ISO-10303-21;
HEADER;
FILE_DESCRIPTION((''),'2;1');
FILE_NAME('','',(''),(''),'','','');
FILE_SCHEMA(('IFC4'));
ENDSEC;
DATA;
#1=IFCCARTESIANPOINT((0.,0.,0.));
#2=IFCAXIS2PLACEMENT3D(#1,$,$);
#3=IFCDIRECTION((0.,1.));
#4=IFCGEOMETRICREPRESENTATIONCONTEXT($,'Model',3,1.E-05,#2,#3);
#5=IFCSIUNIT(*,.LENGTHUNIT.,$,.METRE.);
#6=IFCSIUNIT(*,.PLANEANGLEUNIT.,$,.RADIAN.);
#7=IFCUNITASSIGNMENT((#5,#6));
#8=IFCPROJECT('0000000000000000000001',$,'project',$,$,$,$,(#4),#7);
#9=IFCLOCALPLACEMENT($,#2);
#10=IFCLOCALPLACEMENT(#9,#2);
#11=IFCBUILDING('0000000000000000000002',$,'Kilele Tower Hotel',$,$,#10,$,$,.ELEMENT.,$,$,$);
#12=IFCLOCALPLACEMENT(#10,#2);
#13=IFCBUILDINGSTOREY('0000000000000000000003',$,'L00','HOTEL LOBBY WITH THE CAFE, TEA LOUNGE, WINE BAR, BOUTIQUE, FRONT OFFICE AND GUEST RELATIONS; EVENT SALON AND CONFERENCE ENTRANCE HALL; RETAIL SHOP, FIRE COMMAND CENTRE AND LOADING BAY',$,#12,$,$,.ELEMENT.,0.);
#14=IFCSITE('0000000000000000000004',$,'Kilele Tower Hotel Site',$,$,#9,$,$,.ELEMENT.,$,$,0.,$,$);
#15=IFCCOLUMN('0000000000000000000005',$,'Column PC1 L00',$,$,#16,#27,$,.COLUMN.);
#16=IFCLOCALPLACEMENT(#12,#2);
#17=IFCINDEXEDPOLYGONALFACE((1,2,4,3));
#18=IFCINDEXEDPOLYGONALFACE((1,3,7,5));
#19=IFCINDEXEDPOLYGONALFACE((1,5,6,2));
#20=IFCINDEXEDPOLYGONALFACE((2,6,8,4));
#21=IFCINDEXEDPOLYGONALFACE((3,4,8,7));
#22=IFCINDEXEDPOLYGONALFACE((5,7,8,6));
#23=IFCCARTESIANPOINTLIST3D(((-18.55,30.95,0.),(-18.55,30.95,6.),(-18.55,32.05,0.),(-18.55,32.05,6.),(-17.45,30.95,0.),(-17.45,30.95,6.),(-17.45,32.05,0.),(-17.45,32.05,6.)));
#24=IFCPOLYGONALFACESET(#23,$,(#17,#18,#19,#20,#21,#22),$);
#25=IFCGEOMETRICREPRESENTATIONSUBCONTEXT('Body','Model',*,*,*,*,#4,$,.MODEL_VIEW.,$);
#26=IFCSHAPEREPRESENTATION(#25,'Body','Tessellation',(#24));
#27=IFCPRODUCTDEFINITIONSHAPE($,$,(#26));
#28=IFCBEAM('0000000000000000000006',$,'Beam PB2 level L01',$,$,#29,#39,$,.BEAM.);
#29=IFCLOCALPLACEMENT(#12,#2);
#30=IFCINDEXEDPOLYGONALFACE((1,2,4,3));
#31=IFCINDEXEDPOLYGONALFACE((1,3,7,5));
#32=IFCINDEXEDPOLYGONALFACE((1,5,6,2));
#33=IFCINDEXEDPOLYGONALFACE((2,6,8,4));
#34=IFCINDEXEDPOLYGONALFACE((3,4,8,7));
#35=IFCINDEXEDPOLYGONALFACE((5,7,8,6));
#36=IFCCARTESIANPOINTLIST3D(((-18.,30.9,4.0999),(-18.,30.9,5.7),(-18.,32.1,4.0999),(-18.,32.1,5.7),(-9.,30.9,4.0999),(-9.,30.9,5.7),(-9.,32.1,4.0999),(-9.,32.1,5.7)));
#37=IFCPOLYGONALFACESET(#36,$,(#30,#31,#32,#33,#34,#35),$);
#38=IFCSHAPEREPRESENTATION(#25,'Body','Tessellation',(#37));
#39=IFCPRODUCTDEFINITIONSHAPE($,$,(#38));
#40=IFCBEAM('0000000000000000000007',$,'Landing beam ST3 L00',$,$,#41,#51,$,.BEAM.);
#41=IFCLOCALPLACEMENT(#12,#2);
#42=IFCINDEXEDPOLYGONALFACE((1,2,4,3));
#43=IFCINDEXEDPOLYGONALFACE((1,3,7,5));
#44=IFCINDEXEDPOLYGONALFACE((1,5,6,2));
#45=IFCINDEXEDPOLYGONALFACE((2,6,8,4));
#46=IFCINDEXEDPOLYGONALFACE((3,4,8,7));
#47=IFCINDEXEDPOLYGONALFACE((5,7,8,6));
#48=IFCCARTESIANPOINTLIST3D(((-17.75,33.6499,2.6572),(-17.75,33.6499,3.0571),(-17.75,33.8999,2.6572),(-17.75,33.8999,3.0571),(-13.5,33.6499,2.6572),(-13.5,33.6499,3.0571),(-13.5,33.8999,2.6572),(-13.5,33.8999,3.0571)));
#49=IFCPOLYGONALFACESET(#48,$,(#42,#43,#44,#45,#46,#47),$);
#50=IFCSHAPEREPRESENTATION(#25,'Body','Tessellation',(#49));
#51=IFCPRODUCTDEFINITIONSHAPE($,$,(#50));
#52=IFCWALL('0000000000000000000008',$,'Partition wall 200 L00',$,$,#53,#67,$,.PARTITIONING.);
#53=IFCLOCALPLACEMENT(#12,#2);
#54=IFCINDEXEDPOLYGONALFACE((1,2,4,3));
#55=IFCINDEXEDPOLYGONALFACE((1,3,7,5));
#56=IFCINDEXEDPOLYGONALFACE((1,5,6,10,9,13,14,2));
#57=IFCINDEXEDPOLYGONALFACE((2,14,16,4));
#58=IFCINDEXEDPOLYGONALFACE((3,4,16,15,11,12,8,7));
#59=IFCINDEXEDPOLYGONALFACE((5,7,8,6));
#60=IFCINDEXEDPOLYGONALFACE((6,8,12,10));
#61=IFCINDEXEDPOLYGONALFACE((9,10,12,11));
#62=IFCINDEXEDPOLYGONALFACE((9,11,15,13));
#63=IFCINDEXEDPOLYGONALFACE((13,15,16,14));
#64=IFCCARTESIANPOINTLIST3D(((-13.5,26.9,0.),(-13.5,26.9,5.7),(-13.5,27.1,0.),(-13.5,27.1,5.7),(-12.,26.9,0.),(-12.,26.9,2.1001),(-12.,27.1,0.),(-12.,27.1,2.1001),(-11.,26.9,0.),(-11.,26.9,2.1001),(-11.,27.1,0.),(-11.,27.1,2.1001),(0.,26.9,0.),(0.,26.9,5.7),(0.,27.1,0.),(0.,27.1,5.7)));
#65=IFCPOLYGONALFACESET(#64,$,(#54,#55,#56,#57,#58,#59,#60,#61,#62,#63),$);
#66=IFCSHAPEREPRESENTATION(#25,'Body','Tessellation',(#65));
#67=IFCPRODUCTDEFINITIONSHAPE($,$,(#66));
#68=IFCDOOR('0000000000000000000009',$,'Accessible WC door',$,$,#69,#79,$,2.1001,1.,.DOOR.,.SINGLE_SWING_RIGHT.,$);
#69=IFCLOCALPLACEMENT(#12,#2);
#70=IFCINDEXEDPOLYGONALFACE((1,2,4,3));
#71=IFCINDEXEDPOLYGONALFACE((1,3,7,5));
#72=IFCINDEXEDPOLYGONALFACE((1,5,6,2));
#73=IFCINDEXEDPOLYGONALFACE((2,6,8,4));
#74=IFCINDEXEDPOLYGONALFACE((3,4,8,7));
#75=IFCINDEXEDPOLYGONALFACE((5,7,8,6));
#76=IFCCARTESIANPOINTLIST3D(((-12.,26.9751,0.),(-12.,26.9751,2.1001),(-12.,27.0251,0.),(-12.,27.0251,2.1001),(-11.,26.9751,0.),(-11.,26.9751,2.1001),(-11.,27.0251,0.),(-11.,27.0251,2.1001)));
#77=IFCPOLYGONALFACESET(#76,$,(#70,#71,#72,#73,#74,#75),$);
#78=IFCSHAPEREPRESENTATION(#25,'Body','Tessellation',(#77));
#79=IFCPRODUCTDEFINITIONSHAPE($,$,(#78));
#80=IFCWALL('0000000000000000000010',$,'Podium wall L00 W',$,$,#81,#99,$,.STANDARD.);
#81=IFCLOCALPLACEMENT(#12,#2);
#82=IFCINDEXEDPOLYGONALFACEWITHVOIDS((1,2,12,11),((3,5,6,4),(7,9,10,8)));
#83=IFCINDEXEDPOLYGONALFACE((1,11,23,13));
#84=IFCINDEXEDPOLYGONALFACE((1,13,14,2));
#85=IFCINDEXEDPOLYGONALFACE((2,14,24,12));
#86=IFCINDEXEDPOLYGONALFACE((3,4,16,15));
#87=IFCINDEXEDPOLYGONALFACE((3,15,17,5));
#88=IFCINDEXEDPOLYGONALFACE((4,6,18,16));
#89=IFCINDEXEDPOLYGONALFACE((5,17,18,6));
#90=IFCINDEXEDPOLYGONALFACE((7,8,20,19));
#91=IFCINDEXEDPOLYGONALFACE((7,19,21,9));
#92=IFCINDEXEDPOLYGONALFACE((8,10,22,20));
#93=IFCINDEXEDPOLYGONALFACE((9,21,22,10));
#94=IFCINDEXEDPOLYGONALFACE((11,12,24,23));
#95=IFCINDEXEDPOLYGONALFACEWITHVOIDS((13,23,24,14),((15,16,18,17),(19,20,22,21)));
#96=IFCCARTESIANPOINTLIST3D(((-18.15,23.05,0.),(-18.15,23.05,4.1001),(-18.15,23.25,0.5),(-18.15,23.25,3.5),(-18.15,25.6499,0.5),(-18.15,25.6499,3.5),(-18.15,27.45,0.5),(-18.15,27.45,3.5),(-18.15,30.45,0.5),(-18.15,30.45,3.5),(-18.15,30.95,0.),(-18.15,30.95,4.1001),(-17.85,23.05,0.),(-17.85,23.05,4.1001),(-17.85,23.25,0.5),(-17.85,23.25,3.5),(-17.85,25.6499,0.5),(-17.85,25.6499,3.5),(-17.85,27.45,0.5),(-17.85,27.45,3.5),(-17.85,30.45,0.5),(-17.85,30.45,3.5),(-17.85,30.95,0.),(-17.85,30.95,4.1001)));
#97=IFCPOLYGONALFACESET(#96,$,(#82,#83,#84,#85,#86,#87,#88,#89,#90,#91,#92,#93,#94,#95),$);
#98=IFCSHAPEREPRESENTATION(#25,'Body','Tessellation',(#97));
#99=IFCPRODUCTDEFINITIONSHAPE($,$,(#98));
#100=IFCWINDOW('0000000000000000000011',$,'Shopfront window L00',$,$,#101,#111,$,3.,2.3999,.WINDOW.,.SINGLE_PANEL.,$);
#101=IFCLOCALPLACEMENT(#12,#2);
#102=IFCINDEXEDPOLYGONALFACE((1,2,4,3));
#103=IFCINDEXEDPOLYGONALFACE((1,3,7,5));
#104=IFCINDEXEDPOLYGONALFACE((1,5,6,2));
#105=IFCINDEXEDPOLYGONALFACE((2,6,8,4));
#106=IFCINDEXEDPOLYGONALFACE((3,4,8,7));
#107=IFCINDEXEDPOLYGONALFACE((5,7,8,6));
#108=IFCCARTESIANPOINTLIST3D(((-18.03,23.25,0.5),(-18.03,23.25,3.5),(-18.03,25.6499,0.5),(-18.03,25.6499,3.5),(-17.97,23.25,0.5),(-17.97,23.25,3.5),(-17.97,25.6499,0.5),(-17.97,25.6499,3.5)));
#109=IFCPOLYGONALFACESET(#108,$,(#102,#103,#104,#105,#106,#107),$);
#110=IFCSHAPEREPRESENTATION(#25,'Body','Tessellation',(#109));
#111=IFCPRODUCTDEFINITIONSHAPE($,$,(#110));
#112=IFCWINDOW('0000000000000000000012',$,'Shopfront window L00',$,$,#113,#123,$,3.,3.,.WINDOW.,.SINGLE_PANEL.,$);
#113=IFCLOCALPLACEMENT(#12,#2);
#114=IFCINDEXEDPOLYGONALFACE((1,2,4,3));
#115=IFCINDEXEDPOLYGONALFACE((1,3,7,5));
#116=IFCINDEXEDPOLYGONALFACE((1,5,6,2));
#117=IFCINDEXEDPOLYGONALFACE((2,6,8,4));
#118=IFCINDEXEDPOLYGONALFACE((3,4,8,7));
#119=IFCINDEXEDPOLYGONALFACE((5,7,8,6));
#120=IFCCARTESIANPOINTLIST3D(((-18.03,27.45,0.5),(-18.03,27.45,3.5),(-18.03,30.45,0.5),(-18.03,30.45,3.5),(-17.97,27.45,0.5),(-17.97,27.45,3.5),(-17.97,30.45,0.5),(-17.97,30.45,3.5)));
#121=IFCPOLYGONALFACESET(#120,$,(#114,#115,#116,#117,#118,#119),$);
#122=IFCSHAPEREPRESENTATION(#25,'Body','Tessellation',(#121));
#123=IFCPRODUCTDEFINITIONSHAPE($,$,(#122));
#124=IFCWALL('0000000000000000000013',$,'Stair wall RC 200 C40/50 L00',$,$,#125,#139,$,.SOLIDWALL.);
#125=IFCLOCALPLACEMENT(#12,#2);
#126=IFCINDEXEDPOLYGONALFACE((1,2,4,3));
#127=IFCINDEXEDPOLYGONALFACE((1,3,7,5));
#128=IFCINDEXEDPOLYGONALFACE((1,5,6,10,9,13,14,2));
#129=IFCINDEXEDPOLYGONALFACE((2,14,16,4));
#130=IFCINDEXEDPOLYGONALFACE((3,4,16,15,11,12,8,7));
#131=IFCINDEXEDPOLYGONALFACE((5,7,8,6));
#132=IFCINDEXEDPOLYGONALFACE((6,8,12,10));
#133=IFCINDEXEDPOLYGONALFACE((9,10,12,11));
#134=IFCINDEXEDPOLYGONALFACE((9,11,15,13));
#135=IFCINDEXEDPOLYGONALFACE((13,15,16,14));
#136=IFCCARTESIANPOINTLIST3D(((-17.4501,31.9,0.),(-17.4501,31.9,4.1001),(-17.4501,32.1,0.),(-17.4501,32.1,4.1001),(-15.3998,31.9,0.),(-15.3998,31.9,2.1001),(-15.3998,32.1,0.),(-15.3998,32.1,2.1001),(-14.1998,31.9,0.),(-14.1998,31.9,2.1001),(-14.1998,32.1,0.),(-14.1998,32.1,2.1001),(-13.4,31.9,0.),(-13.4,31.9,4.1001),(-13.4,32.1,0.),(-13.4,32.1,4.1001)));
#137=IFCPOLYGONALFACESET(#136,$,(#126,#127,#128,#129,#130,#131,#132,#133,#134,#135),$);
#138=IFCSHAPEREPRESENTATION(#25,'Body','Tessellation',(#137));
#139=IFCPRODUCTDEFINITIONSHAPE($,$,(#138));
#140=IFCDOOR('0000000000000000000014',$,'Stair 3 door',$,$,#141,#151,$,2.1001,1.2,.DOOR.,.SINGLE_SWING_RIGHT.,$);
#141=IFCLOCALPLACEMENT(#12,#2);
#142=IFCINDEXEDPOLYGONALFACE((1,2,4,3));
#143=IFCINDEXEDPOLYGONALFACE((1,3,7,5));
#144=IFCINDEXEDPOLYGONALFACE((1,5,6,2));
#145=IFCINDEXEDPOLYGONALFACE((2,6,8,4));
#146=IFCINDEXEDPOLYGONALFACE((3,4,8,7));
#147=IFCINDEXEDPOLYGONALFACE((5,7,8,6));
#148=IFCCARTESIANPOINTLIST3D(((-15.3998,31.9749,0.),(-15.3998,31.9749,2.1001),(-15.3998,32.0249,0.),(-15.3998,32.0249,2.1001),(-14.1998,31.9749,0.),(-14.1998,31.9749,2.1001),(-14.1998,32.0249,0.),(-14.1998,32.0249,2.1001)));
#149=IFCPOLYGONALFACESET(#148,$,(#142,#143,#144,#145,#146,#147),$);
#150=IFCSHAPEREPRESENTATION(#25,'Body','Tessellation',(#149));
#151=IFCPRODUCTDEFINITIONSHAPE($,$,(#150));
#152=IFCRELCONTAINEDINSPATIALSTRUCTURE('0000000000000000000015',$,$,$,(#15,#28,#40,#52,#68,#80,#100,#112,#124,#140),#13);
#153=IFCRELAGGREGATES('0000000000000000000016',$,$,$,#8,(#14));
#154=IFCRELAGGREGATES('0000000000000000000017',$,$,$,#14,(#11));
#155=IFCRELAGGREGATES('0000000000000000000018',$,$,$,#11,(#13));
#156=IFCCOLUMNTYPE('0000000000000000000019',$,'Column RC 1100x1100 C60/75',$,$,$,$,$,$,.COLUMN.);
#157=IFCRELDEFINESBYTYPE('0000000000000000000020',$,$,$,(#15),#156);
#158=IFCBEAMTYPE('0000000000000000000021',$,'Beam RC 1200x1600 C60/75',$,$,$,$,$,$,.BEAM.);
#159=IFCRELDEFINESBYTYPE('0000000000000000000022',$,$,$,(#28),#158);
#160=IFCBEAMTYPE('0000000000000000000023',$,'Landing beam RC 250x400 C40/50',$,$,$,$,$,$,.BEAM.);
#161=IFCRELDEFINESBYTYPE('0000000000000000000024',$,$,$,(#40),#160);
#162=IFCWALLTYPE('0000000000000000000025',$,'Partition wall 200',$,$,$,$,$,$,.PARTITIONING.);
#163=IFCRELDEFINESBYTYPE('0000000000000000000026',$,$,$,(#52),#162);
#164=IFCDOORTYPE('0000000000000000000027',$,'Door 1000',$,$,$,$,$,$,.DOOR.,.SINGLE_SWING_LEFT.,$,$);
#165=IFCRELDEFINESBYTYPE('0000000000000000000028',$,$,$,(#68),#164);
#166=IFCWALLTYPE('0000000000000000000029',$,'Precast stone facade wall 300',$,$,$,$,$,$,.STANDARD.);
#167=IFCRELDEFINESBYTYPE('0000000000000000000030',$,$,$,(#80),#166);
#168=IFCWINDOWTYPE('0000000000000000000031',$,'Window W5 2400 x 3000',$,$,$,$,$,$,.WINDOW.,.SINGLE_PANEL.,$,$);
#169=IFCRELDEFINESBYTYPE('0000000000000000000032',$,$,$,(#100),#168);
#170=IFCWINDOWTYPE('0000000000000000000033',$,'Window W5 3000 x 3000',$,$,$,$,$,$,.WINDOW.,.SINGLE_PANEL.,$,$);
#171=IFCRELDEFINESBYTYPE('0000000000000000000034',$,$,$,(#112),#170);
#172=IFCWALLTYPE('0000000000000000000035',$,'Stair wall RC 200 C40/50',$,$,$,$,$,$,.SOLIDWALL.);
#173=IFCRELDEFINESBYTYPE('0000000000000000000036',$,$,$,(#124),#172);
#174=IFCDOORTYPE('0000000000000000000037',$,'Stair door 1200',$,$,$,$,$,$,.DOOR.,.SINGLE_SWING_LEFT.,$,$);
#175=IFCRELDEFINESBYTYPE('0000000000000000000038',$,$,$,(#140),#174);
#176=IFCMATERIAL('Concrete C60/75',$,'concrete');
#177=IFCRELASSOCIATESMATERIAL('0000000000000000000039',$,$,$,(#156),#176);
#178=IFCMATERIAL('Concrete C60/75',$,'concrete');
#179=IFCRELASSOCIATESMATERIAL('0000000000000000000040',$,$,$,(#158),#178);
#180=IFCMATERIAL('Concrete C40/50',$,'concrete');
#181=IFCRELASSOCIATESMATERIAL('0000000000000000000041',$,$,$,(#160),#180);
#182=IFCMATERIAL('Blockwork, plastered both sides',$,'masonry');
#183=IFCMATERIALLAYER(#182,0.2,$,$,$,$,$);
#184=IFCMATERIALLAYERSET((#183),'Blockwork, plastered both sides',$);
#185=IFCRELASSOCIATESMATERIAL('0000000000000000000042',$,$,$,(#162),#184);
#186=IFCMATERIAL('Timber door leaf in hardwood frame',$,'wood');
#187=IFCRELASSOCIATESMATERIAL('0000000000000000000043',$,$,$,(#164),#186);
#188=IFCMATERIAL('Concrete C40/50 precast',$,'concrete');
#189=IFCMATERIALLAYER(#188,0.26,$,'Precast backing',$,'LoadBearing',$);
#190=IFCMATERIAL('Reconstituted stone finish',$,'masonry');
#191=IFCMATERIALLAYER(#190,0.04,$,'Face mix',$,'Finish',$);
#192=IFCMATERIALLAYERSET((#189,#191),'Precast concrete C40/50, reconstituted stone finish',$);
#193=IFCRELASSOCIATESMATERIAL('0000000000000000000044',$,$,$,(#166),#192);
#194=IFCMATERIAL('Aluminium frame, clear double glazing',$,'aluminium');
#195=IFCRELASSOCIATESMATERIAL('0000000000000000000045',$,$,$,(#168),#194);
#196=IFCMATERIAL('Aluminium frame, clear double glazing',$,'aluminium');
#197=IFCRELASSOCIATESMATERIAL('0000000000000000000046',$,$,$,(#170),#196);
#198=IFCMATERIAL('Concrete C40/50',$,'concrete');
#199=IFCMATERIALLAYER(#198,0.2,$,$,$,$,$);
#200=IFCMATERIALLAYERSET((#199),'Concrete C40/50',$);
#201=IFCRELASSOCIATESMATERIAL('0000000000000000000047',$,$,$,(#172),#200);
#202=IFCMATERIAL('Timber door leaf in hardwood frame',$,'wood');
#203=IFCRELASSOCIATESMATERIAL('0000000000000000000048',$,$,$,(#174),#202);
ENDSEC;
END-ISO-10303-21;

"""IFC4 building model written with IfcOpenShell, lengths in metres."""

from ifc_helpers import new_model, si_unit, direction, frame, frame_2d, origin, origin_2d, place, context, subcontext, project, spatial, rectangle, extrude, material, layer, layer_set, material_profile, profile_set, type_object, element, fill, save


model = new_model("IFC4")

# Units and contexts
model_context = context("Model", 3, precision=1e-05, world=origin(), true_north=direction((0.0, 1.0)))
body_context = subcontext(model_context, "Body", "Model", "MODEL_VIEW")
ifc_project = project(units=[si_unit("LENGTHUNIT", "METRE"), si_unit("PLANEANGLEUNIT", "RADIAN")], contexts=[model_context])

# Site, building, storey
site_placement = place(None, origin())
site = spatial("IfcSite", under=ifc_project, at=site_placement, Name="Kilele Tower Hotel Site", CompositionType="ELEMENT", RefElevation=0.0)
building_placement = place(site_placement, origin())
building = spatial("IfcBuilding", under=site, at=building_placement, Name="Kilele Tower Hotel", CompositionType="ELEMENT")
storey_placement = place(building_placement, origin())
storey = spatial("IfcBuildingStorey", under=building, at=storey_placement, Name="L00", Description="HOTEL LOBBY WITH THE CAFE, TEA LOUNGE, WINE BAR, BOUTIQUE, FRONT OFFICE AND GUEST RELATIONS; EVENT SALON AND CONFERENCE ENTRANCE HALL; RETAIL SHOP, FIRE COMMAND CENTRE AND LOADING BAY", CompositionType="ELEMENT", Elevation=0.0)

# Column
ifc_material_1 = material(Name="Concrete C60/75", Category="concrete")
ifc_material_profile_1 = material_profile(ifc_material_1, rectangle(XDim=1.1001, YDim=1.1001, at=origin_2d()))
ifc_profile_set_1 = profile_set([ifc_material_profile_1], Name="Concrete C60/75")
column_type = type_object("IfcColumnType", Name="Column RC 1100x1100 C60/75", PredefinedType="COLUMN", material=ifc_profile_set_1)
column_placement = place(storey_placement, frame((-18.0, 31.5, 0.0), z_axis=(0.0, 0.0, 1.0), x_axis=(1.0, 0.0, 0.0)))
element("IfcColumn", 1, at=column_placement, inside=storey, type_object=column_type, Name="Column PC1 L00", PredefinedType="COLUMN", context=body_context, shape_type="SweptSolid", body=[
    extrude(rectangle(XDim=1.1001, YDim=1.1001, at=origin_2d()), origin(), (0.0, 0.0, 1.0), 6.0),
])

# Beams
ifc_material_2 = material(Name="Concrete C60/75", Category="concrete")
ifc_material_profile_2 = material_profile(ifc_material_2, rectangle(XDim=1.2, YDim=1.6001, at=origin_2d()))
ifc_profile_set_2 = profile_set([ifc_material_profile_2], Name="Concrete C60/75")
beam_type_1 = type_object("IfcBeamType", Name="Beam RC 1200x1600 C60/75", PredefinedType="BEAM", material=ifc_profile_set_2)
beam_1_placement = place(storey_placement, frame((-18.0, 31.5, 4.8999), z_axis=(1.0, 0.0, 0.0), x_axis=(0.0, 1.0, 0.0)))
element("IfcBeam", 2, at=beam_1_placement, inside=storey, type_object=beam_type_1, Name="Beam PB2 level L01", PredefinedType="BEAM", context=body_context, shape_type="SweptSolid", body=[
    extrude(rectangle(XDim=1.2, YDim=1.6001, at=origin_2d()), origin(), (0.0, 0.0, 1.0), 9.0),
])
ifc_material_3 = material(Name="Concrete C40/50", Category="concrete")
ifc_material_profile_3 = material_profile(ifc_material_3, rectangle(XDim=0.25, YDim=0.3999, at=origin_2d()))
ifc_profile_set_3 = profile_set([ifc_material_profile_3], Name="Concrete C40/50")
beam_type_2 = type_object("IfcBeamType", Name="Landing beam RC 250x400 C40/50", PredefinedType="BEAM", material=ifc_profile_set_3)
beam_2_placement = place(storey_placement, frame((-17.75, 33.7749, 2.8572), z_axis=(1.0, 0.0, 0.0), x_axis=(0.0, 1.0, 0.0)))
element("IfcBeam", 3, at=beam_2_placement, inside=storey, type_object=beam_type_2, Name="Landing beam ST3 L00", PredefinedType="BEAM", context=body_context, shape_type="SweptSolid", body=[
    extrude(rectangle(XDim=0.25, YDim=0.3999, at=origin_2d()), origin(), (0.0, 0.0, 1.0), 4.25),
])

# Wall, opening, door
ifc_material_4 = material(Name="Blockwork, plastered both sides", Category="masonry")
ifc_layer_1 = layer(ifc_material_4, 0.2)
ifc_layer_set_1 = layer_set([ifc_layer_1], Name="Blockwork, plastered both sides")
wall_type_1 = type_object("IfcWallType", Name="Partition wall 200", PredefinedType="PARTITIONING", material=ifc_layer_set_1)
wall_1_placement = place(storey_placement, frame((-13.5, 27.0, 0.0), z_axis=(0.0, 0.0, 1.0), x_axis=(1.0, 0.0, 0.0)))
wall_1 = element("IfcWall", 4, at=wall_1_placement, inside=storey, type_object=wall_type_1, Name="Partition wall 200 L00", PredefinedType="PARTITIONING", context=body_context, shape_type="SweptSolid", body=[
    extrude(rectangle(XDim=13.5, YDim=0.2, at=frame_2d((6.75, 0.0))), origin(), (0.0, 0.0, 1.0), 5.7),
])
opening_1_placement = place(wall_1_placement, frame((2.5, 0.0, 0.0), z_axis=(0.0, 0.0, 1.0), x_axis=(-1.0, 0.0, 0.0)))
opening_1 = element("IfcOpeningElement", 5, at=opening_1_placement, cuts=wall_1, PredefinedType="OPENING", context=body_context, shape_type="SweptSolid", body=[
    extrude(rectangle(XDim=1.0, YDim=2.1001, at=frame_2d((0.5, 1.05))), frame((0.0, 0.1099, 0.0), z_axis=(0.0, -1.0, 0.0), x_axis=(1.0, 0.0, 0.0)), (0.0, 0.0, 1.0), 0.22),
])
ifc_material_5 = material(Name="Timber door leaf in hardwood frame", Category="wood")
door_type_1 = type_object("IfcDoorType", Name="Door 1000", OperationType="SINGLE_SWING_LEFT", PredefinedType="DOOR", material=ifc_material_5)
door_1_placement = place(opening_1_placement, origin())
door_1 = element("IfcDoor", 6, at=door_1_placement, inside=storey, type_object=door_type_1, Name="Accessible WC door", OperationType="SINGLE_SWING_RIGHT", OverallHeight=2.1001, OverallWidth=1.0, PredefinedType="DOOR", context=body_context, shape_type="SweptSolid", body=[
    extrude(rectangle(XDim=1.0, YDim=2.1001, at=frame_2d((0.5, 1.05))), frame((0.0, 0.0249, 0.0), z_axis=(0.0, -1.0, 0.0), x_axis=(1.0, 0.0, 0.0)), (0.0, 0.0, 1.0), 0.05),
])
fill(opening_1, door_1)

# Wall, openings, windows
ifc_material_6 = material(Name="Concrete C40/50 precast", Category="concrete")
ifc_layer_2 = layer(ifc_material_6, 0.26, Name="Precast backing", Category="LoadBearing")
ifc_material_7 = material(Name="Reconstituted stone finish", Category="masonry")
ifc_layer_3 = layer(ifc_material_7, 0.04, Name="Face mix", Category="Finish")
ifc_layer_set_2 = layer_set([ifc_layer_2, ifc_layer_3], Name="Precast concrete C40/50, reconstituted stone finish")
wall_type_2 = type_object("IfcWallType", Name="Precast stone facade wall 300", PredefinedType="STANDARD", material=ifc_layer_set_2)
wall_2_placement = place(storey_placement, frame((-18.0, 30.95, 0.0), z_axis=(0.0, 0.0, 1.0), x_axis=(0.0, -1.0, 0.0)))
wall_2 = element("IfcWall", 7, at=wall_2_placement, inside=storey, type_object=wall_type_2, Name="Podium wall L00 W", PredefinedType="STANDARD", context=body_context, shape_type="SweptSolid", body=[
    extrude(rectangle(XDim=7.8999, YDim=0.3, at=frame_2d((3.95, 0.0))), origin(), (0.0, 0.0, 1.0), 4.1001),
])
opening_2_placement = place(wall_2_placement, frame((0.5, 0.0, 0.5)))
opening_2 = element("IfcOpeningElement", 8, at=opening_2_placement, cuts=wall_2, PredefinedType="OPENING", context=body_context, shape_type="SweptSolid", body=[
    extrude(rectangle(XDim=3.0, YDim=3.0, at=frame_2d((1.5, 1.5))), frame((0.0, 0.1599, 0.0), z_axis=(0.0, -1.0, 0.0), x_axis=(1.0, 0.0, 0.0)), (0.0, 0.0, 1.0), 0.3201),
])
opening_3_placement = place(wall_2_placement, frame((5.3, 0.0, 0.5)))
opening_3 = element("IfcOpeningElement", 9, at=opening_3_placement, cuts=wall_2, PredefinedType="OPENING", context=body_context, shape_type="SweptSolid", body=[
    extrude(rectangle(XDim=2.3999, YDim=3.0, at=frame_2d((1.2, 1.5))), frame((0.0, 0.1599, 0.0), z_axis=(0.0, -1.0, 0.0), x_axis=(1.0, 0.0, 0.0)), (0.0, 0.0, 1.0), 0.3201),
])
ifc_material_8 = material(Name="Aluminium frame, clear double glazing", Category="aluminium")
window_type_1 = type_object("IfcWindowType", Name="Window W5 2400 x 3000", PartitioningType="SINGLE_PANEL", PredefinedType="WINDOW", material=ifc_material_8)
window_1_placement = place(opening_3_placement, origin())
window_1 = element("IfcWindow", 10, at=window_1_placement, inside=storey, type_object=window_type_1, Name="Shopfront window L00", OverallHeight=3.0, OverallWidth=2.3999, PartitioningType="SINGLE_PANEL", PredefinedType="WINDOW", context=body_context, shape_type="SweptSolid", body=[
    extrude(rectangle(XDim=2.3999, YDim=3.0, at=frame_2d((1.2, 1.5))), frame((0.0, 0.03, 0.0), z_axis=(0.0, -1.0, 0.0), x_axis=(1.0, 0.0, 0.0)), (0.0, 0.0, 1.0), 0.0601),
])
fill(opening_3, window_1)
ifc_material_9 = material(Name="Aluminium frame, clear double glazing", Category="aluminium")
window_type_2 = type_object("IfcWindowType", Name="Window W5 3000 x 3000", PartitioningType="SINGLE_PANEL", PredefinedType="WINDOW", material=ifc_material_9)
window_2_placement = place(opening_2_placement, origin())
window_2 = element("IfcWindow", 11, at=window_2_placement, inside=storey, type_object=window_type_2, Name="Shopfront window L00", OverallHeight=3.0, OverallWidth=3.0, PartitioningType="SINGLE_PANEL", PredefinedType="WINDOW", context=body_context, shape_type="SweptSolid", body=[
    extrude(rectangle(XDim=3.0, YDim=3.0, at=frame_2d((1.5, 1.5))), frame((0.0, 0.03, 0.0), z_axis=(0.0, -1.0, 0.0), x_axis=(1.0, 0.0, 0.0)), (0.0, 0.0, 1.0), 0.0601),
])
fill(opening_2, window_2)

# Wall, opening, door
ifc_material_10 = material(Name="Concrete C40/50", Category="concrete")
ifc_layer_4 = layer(ifc_material_10, 0.2)
ifc_layer_set_3 = layer_set([ifc_layer_4], Name="Concrete C40/50")
wall_type_3 = type_object("IfcWallType", Name="Stair wall RC 200 C40/50", PredefinedType="SOLIDWALL", material=ifc_layer_set_3)
wall_3_placement = place(storey_placement, frame((-17.45, 32.0, 0.0), z_axis=(0.0, 0.0, 1.0), x_axis=(1.0, 0.0, 0.0)))
wall_3 = element("IfcWall", 12, at=wall_3_placement, inside=storey, type_object=wall_type_3, Name="Stair wall RC 200 C40/50 L00", PredefinedType="SOLIDWALL", context=body_context, shape_type="SweptSolid", body=[
    extrude(rectangle(XDim=4.05, YDim=0.2, at=frame_2d((2.0249, 0.0))), origin(), (0.0, 0.0, 1.0), 4.1001),
])
opening_4_placement = place(wall_3_placement, frame((2.05, 0.0, 0.0)))
opening_4 = element("IfcOpeningElement", 13, at=opening_4_placement, cuts=wall_3, PredefinedType="OPENING", context=body_context, shape_type="SweptSolid", body=[
    extrude(rectangle(XDim=1.2, YDim=2.1001, at=frame_2d((0.6001, 1.05))), frame((0.0, 0.1099, 0.0), z_axis=(0.0, -1.0, 0.0), x_axis=(1.0, 0.0, 0.0)), (0.0, 0.0, 1.0), 0.22),
])
ifc_material_11 = material(Name="Timber door leaf in hardwood frame", Category="wood")
door_type_2 = type_object("IfcDoorType", Name="Stair door 1200", OperationType="SINGLE_SWING_LEFT", PredefinedType="DOOR", material=ifc_material_11)
door_2_placement = place(opening_4_placement, origin())
door_2 = element("IfcDoor", 14, at=door_2_placement, inside=storey, type_object=door_type_2, Name="Stair 3 door", OperationType="SINGLE_SWING_RIGHT", OverallHeight=2.1001, OverallWidth=1.2, PredefinedType="DOOR", context=body_context, shape_type="SweptSolid", body=[
    extrude(rectangle(XDim=1.2, YDim=2.1001, at=frame_2d((0.6001, 1.05))), frame((0.0, 0.0249, 0.0), z_axis=(0.0, -1.0, 0.0), x_axis=(1.0, 0.0, 0.0)), (0.0, 0.0, 1.0), 0.05),
])
fill(opening_4, door_2)

save(model, "model.ifc")
